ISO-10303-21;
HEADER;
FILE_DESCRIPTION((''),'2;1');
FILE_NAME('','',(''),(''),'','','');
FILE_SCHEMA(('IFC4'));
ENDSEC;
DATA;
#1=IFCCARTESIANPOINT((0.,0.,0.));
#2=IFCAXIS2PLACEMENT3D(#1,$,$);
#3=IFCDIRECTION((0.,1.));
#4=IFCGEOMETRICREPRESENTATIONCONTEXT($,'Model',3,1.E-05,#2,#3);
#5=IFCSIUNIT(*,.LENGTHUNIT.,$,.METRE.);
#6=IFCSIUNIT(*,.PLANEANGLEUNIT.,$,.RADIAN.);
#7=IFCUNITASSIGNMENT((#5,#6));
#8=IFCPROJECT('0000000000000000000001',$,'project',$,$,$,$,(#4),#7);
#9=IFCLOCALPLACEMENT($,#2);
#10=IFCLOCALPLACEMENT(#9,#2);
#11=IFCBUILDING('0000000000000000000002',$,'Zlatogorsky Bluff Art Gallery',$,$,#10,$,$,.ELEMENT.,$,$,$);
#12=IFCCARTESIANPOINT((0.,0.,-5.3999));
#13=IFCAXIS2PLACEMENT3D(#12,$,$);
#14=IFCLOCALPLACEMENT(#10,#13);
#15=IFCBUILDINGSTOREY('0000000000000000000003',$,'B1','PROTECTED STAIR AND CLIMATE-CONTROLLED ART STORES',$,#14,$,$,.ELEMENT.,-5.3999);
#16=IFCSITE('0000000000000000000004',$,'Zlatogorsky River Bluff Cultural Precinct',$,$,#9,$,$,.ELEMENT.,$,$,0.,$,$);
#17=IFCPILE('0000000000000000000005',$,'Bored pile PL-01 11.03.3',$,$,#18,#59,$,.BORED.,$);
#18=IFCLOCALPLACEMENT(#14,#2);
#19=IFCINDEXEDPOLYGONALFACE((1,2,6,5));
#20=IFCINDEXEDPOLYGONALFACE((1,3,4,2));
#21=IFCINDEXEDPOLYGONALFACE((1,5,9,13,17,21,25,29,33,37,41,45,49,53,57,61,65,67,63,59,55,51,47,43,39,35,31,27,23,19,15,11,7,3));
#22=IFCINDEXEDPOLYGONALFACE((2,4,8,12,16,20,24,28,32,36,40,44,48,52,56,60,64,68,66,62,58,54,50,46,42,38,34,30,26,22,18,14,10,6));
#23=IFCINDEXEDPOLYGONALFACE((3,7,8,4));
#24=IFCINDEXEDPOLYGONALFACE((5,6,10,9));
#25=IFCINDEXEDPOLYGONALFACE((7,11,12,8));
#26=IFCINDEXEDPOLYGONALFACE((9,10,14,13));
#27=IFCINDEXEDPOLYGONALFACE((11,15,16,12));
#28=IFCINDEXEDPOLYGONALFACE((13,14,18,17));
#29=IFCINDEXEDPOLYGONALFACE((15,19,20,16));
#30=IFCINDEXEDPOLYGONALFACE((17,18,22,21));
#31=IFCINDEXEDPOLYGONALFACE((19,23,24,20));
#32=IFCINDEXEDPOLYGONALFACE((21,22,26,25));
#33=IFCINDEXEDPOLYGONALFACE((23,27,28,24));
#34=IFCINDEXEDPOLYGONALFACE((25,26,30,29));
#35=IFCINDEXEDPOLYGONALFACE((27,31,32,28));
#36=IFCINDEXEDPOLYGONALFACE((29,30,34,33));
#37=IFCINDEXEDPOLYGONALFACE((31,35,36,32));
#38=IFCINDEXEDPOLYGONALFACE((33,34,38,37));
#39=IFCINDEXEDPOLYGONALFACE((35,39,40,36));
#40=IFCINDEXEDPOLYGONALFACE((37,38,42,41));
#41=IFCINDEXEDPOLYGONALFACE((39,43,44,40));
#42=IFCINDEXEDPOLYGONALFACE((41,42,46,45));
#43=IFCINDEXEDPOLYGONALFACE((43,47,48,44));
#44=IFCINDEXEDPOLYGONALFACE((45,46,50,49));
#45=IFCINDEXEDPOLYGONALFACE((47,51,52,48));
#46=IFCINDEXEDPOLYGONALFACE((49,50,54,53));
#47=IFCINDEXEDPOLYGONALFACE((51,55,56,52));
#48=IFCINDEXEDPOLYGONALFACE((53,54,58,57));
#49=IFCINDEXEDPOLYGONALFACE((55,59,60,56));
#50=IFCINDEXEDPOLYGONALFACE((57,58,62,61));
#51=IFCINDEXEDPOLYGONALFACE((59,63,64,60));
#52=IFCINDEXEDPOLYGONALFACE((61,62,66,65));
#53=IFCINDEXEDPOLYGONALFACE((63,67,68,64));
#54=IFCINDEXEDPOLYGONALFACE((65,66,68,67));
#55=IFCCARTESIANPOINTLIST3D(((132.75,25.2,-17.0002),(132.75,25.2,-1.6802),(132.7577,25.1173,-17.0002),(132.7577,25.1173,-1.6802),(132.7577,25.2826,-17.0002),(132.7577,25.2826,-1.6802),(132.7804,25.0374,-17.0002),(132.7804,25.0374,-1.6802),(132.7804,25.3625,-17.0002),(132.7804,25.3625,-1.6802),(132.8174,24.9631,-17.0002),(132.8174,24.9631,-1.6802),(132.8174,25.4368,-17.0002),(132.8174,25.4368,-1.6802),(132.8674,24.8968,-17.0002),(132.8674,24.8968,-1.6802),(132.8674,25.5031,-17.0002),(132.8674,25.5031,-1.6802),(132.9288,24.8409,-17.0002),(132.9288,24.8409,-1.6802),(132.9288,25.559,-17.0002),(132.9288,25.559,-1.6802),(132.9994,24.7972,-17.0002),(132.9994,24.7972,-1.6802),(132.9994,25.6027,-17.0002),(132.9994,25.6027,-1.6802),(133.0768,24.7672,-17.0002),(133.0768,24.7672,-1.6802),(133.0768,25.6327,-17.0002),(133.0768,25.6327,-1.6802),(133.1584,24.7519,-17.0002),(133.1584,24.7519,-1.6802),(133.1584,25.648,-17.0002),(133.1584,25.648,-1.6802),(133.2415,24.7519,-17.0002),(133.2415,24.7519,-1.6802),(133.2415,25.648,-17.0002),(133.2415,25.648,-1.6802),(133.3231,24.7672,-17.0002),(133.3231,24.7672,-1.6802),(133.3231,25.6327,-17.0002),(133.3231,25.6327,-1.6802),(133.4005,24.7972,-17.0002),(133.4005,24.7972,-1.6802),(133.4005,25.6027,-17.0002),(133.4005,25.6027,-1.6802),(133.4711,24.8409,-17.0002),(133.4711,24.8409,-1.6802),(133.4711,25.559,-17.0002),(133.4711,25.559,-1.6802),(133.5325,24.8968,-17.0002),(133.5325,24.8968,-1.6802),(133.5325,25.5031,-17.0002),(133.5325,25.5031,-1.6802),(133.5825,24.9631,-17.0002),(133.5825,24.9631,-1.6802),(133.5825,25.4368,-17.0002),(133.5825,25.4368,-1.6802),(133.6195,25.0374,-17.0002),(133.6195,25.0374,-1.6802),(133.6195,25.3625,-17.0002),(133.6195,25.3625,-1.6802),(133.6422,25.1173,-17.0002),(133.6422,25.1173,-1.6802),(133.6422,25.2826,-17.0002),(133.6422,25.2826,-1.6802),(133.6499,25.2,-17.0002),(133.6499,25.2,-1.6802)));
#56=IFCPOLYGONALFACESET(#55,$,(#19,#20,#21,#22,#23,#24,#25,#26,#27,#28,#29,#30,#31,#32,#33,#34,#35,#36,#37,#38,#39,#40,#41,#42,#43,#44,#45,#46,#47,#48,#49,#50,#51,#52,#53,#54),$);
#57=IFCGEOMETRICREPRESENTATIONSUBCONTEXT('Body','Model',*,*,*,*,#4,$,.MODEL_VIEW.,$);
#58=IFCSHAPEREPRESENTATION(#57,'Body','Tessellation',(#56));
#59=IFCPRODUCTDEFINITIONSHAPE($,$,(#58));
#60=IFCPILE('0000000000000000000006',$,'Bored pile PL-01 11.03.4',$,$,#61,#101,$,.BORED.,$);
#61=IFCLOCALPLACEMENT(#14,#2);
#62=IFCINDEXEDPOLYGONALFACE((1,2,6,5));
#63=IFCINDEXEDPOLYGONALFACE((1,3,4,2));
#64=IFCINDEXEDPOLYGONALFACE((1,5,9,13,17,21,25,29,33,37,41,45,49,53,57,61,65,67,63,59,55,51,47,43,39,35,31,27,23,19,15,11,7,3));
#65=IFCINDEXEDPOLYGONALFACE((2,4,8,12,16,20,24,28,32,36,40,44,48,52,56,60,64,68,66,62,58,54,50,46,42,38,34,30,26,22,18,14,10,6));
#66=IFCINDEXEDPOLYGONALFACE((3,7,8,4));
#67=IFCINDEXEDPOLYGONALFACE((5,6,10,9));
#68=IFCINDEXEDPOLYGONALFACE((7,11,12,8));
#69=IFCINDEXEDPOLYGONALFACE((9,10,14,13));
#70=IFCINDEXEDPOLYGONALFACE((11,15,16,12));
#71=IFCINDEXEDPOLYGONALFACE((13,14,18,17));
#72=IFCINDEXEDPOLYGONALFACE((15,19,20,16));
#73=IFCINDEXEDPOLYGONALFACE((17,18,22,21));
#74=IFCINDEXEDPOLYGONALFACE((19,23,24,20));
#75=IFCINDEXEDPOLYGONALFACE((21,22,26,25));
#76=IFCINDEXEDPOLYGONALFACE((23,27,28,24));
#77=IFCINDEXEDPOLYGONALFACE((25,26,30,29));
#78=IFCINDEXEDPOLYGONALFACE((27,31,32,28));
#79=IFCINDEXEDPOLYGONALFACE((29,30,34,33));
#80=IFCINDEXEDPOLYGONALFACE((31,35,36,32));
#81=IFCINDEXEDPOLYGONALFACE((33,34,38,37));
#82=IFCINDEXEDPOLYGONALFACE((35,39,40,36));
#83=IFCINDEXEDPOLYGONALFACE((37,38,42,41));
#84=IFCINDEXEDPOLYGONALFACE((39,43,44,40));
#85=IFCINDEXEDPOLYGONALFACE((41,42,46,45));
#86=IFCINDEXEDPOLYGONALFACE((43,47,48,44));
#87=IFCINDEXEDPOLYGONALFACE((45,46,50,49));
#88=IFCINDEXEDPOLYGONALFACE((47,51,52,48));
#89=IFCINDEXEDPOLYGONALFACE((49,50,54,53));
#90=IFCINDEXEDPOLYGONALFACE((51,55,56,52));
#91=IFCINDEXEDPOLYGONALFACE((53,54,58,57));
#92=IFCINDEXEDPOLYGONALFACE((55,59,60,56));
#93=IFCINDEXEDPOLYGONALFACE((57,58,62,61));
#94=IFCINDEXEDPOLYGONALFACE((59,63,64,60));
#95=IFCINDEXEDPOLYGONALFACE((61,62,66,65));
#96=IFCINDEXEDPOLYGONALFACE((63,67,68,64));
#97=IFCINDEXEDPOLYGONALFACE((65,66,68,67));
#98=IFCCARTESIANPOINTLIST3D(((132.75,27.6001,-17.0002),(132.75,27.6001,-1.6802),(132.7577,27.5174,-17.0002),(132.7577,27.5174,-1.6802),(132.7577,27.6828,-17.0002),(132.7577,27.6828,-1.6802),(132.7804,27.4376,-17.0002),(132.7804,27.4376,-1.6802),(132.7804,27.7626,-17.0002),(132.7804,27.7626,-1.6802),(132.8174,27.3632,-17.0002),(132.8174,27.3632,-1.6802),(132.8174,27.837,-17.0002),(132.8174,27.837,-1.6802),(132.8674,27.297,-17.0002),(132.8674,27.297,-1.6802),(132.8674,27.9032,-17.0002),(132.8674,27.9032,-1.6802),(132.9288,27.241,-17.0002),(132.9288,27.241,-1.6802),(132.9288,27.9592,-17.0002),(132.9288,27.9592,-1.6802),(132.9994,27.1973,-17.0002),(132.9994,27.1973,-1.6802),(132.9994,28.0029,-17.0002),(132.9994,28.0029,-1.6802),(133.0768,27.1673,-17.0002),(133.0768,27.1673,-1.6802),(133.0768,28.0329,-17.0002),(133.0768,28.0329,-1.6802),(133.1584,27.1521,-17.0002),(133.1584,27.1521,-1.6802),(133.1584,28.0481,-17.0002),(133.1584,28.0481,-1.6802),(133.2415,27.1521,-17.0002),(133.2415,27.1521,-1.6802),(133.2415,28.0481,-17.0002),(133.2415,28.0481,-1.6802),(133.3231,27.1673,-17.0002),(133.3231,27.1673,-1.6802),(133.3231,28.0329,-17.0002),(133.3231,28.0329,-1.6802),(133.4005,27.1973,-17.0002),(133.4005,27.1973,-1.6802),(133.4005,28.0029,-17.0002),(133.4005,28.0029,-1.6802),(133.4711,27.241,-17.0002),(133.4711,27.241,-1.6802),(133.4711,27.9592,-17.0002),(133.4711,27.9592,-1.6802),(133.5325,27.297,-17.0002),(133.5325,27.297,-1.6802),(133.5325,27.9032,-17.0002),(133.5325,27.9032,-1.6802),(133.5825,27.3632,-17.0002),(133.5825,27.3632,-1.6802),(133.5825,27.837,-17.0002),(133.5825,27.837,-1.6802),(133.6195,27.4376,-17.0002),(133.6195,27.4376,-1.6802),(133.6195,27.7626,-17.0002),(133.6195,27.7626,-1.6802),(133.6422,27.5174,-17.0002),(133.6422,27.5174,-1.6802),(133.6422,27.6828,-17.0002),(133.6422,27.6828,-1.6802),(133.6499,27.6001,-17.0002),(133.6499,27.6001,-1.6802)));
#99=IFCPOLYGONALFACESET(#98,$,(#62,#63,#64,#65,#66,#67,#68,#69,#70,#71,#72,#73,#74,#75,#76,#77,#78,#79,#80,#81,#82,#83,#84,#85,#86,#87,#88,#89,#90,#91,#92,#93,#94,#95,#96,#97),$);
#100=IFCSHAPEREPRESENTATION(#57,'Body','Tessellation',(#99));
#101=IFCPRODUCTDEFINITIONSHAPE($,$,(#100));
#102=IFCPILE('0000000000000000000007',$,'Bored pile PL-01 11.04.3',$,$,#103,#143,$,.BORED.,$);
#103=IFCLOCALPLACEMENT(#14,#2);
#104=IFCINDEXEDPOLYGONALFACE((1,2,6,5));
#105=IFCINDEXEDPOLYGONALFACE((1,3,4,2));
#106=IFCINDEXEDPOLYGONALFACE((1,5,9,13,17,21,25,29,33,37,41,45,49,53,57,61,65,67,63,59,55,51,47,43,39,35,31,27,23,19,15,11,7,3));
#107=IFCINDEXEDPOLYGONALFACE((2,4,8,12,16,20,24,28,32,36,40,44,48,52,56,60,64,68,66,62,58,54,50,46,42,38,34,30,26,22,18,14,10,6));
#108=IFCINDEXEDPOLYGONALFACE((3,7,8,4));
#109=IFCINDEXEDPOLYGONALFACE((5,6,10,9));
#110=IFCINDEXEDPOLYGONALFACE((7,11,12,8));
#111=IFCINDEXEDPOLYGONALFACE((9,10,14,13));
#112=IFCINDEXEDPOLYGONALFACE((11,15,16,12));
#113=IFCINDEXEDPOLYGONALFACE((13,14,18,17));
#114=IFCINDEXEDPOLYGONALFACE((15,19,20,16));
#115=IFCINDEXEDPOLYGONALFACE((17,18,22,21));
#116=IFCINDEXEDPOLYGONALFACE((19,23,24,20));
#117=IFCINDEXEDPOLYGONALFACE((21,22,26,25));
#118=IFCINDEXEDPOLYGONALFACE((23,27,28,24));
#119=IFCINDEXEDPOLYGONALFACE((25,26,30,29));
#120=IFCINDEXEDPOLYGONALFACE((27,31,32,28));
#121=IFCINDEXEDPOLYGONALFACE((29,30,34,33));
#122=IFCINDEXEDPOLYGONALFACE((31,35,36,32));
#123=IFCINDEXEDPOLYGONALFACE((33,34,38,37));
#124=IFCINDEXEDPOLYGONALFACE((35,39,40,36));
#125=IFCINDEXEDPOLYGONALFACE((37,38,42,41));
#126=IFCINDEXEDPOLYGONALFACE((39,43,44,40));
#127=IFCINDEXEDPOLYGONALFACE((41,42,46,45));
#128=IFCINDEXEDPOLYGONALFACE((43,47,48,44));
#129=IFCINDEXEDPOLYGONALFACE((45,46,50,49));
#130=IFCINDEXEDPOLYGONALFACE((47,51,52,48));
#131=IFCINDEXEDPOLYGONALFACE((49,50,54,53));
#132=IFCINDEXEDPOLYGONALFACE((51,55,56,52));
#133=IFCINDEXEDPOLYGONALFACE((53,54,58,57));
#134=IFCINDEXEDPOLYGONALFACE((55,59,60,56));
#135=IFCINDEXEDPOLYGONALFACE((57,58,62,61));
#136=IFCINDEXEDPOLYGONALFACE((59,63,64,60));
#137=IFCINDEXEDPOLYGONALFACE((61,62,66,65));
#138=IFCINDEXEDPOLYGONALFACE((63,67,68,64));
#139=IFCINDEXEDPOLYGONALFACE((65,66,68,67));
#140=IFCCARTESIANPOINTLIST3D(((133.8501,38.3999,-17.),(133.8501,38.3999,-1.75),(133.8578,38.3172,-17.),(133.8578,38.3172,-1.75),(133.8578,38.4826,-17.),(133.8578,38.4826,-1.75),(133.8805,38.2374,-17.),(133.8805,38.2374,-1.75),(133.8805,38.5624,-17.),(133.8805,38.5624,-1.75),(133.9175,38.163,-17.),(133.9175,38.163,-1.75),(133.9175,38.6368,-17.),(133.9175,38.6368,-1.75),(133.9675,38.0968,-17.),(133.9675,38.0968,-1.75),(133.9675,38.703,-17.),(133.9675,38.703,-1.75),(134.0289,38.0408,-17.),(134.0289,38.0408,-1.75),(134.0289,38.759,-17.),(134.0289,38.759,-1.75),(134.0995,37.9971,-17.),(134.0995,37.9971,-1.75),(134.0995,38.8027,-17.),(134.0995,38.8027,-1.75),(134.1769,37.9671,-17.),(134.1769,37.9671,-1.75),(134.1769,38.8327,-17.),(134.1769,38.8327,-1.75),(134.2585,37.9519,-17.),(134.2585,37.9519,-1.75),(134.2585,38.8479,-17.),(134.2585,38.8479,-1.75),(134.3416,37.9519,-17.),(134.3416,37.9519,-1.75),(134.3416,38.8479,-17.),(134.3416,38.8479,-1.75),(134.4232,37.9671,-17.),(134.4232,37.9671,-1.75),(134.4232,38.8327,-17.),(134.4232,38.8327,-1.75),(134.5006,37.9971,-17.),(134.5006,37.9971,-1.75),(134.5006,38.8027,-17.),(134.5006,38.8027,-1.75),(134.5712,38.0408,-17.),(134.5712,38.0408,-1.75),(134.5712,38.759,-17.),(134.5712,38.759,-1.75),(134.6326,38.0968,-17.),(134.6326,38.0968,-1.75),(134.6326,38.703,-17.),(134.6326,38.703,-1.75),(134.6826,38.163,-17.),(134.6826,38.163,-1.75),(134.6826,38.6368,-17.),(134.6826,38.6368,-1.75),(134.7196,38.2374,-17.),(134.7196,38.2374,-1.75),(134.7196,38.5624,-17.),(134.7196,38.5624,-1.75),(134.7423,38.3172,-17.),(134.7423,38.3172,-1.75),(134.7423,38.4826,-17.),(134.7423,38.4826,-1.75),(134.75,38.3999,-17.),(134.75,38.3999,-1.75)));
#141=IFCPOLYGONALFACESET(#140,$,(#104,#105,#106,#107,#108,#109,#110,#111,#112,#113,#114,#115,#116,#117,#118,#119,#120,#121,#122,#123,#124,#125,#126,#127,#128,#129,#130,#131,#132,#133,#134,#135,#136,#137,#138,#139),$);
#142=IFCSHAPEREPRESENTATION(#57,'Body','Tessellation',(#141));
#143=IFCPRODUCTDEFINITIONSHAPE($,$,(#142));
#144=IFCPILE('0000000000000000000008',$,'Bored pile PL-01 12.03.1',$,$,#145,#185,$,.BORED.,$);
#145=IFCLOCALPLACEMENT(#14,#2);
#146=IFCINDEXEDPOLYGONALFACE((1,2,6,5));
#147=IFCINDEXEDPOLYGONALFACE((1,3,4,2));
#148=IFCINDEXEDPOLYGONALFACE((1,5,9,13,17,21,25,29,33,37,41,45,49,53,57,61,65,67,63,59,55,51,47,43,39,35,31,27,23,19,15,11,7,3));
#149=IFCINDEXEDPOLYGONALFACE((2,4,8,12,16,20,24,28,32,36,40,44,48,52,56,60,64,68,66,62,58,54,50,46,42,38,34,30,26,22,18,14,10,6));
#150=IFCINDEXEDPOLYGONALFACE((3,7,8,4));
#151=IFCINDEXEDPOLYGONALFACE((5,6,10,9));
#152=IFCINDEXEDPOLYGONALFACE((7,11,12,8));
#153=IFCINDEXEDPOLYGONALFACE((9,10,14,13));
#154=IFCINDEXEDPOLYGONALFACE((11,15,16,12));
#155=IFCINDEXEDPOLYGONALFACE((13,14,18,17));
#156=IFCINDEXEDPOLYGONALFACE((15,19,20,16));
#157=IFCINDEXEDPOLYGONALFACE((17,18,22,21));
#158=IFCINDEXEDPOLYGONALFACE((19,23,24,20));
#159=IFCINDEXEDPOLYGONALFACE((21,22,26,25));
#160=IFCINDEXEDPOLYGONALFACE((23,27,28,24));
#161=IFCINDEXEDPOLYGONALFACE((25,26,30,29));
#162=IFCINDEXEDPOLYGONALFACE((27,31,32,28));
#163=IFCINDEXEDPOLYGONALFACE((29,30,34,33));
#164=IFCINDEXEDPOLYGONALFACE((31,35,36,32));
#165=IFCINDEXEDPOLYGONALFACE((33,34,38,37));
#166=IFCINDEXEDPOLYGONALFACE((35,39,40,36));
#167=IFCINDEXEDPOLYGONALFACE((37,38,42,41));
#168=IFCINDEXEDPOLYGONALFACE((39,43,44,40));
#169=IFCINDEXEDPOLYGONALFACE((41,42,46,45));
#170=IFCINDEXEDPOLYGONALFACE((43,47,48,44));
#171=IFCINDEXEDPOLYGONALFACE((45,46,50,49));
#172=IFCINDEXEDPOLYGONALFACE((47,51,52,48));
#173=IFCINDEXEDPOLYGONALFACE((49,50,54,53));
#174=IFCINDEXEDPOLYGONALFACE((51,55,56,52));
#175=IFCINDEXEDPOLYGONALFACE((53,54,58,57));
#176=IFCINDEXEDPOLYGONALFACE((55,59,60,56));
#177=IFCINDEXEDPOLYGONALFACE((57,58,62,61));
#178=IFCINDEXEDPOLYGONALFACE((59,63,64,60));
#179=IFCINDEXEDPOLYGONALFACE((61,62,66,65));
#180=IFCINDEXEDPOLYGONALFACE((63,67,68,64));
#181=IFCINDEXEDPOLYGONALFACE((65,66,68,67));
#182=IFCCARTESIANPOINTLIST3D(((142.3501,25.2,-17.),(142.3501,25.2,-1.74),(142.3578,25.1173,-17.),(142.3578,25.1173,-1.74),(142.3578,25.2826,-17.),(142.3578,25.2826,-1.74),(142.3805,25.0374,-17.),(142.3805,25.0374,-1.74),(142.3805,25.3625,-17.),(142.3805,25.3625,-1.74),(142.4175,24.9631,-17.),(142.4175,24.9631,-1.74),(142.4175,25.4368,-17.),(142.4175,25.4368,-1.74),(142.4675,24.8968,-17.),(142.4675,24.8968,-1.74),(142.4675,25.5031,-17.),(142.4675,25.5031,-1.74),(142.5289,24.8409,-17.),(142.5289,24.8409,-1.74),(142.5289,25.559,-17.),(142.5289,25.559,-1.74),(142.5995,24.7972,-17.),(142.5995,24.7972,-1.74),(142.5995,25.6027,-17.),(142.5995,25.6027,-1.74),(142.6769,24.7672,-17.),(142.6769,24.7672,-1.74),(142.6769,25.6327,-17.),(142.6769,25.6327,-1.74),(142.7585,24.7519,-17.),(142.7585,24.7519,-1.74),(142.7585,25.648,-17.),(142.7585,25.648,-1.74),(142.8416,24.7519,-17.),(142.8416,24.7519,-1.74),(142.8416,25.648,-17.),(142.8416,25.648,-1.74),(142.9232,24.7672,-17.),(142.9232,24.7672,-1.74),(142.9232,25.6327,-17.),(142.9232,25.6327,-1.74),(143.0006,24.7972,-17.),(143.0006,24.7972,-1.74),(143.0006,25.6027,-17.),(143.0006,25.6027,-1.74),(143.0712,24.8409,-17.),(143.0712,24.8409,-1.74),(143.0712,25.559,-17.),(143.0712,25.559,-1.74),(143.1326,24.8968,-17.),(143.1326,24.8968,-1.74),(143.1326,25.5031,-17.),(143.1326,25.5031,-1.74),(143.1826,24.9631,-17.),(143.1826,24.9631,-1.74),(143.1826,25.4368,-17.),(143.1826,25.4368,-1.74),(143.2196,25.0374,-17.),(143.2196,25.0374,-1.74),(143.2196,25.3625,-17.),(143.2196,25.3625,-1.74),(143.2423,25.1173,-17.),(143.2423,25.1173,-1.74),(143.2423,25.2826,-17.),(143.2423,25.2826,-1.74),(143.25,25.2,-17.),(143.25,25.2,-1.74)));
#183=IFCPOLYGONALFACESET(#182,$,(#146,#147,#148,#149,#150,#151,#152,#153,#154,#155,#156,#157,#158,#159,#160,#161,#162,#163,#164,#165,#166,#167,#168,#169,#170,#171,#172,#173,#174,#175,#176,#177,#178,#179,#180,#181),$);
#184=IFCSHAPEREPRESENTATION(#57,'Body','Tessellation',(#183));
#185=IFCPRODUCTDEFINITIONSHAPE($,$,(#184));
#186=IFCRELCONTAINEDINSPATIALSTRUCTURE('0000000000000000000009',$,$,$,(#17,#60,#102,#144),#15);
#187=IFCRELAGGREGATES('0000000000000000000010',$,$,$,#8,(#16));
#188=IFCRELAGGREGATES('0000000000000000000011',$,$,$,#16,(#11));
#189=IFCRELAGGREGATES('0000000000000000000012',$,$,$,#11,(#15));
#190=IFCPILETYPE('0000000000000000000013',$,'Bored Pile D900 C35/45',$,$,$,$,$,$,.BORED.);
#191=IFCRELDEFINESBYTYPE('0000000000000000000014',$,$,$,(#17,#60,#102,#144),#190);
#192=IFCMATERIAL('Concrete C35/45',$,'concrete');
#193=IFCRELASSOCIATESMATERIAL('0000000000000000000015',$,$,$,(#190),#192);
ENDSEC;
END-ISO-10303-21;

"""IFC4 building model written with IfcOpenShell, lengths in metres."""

from ifc_helpers import new_model, si_unit, direction, frame, origin, origin_2d, place, context, subcontext, project, spatial, circle, extrude, material, material_profile, profile_set, type_object, element, save


model = new_model("IFC4")

# Units and contexts
model_context = context("Model", 3, precision=1e-05, world=origin(), true_north=direction((0.0, 1.0)))
body_context = subcontext(model_context, "Body", "Model", "MODEL_VIEW")
ifc_project = project(units=[si_unit("LENGTHUNIT", "METRE"), si_unit("PLANEANGLEUNIT", "RADIAN")], contexts=[model_context])

# Site, building, storey
site_placement = place(None, origin())
site = spatial("IfcSite", under=ifc_project, at=site_placement, Name="Zlatogorsky River Bluff Cultural Precinct", CompositionType="ELEMENT", RefElevation=0.0)
building_placement = place(site_placement, origin())
building = spatial("IfcBuilding", under=site, at=building_placement, Name="Zlatogorsky Bluff Art Gallery", CompositionType="ELEMENT")
storey_placement = place(building_placement, frame((0.0, 0.0, -5.3999)))
storey = spatial("IfcBuildingStorey", under=building, at=storey_placement, Name="B1", Description="PROTECTED STAIR AND CLIMATE-CONTROLLED ART STORES", CompositionType="ELEMENT", Elevation=-5.3999)

# Piles
ifc_material_1 = material(Name="Concrete C35/45", Category="concrete")
ifc_material_profile_1 = material_profile(ifc_material_1, circle(Radius=0.45, at=origin_2d()), Name="BORED PILE D900")
ifc_profile_set_1 = profile_set([ifc_material_profile_1], Name="Concrete C35/45")
pile_type = type_object("IfcPileType", Name="Bored Pile D900 C35/45", PredefinedType="BORED", material=ifc_profile_set_1)
for number, where, z_axis, x_axis, name in (
    (1, (133.2, 25.2, -1.6802), (0.0, 0.0, -1.0), (1.0, 0.0, 0.0), "Bored pile PL-01 11.03.3"),
    (2, (133.2, 27.6001, -1.6802), (0.0, 0.0, -1.0), (1.0, 0.0, 0.0), "Bored pile PL-01 11.03.4"),
):
    element("IfcPile", number, at=place(storey_placement, frame(where, z_axis=z_axis, x_axis=x_axis)), inside=storey, type_object=pile_type, Name=name, PredefinedType="BORED", context=body_context, shape_type="SweptSolid", body=[
        extrude(circle(Radius=0.45, at=origin_2d()), origin(), (0.0, 0.0, 1.0), 15.3201),
    ])
pile_placement = place(storey_placement, frame((134.3, 38.3999, -1.75), z_axis=(0.0, 0.0, -1.0), x_axis=(1.0, 0.0, 0.0)))
element("IfcPile", 3, at=pile_placement, inside=storey, type_object=pile_type, Name="Bored pile PL-01 11.04.3", PredefinedType="BORED", context=body_context, shape_type="SweptSolid", body=[
    extrude(circle(Radius=0.45, at=origin_2d()), origin(), (0.0, 0.0, 1.0), 15.25),
])
for number, where, z_axis, x_axis, name in (
    (4, (142.8, 25.2, -1.74), (0.0, 0.0, -1.0), (1.0, 0.0, 0.0), "Bored pile PL-01 12.03.1"),
):
    element("IfcPile", number, at=place(storey_placement, frame(where, z_axis=z_axis, x_axis=x_axis)), inside=storey, type_object=pile_type, Name=name, PredefinedType="BORED", context=body_context, shape_type="SweptSolid", body=[
        extrude(circle(Radius=0.45, at=origin_2d()), origin(), (0.0, 0.0, 1.0), 15.26),
    ])

save(model, "model.ifc")
